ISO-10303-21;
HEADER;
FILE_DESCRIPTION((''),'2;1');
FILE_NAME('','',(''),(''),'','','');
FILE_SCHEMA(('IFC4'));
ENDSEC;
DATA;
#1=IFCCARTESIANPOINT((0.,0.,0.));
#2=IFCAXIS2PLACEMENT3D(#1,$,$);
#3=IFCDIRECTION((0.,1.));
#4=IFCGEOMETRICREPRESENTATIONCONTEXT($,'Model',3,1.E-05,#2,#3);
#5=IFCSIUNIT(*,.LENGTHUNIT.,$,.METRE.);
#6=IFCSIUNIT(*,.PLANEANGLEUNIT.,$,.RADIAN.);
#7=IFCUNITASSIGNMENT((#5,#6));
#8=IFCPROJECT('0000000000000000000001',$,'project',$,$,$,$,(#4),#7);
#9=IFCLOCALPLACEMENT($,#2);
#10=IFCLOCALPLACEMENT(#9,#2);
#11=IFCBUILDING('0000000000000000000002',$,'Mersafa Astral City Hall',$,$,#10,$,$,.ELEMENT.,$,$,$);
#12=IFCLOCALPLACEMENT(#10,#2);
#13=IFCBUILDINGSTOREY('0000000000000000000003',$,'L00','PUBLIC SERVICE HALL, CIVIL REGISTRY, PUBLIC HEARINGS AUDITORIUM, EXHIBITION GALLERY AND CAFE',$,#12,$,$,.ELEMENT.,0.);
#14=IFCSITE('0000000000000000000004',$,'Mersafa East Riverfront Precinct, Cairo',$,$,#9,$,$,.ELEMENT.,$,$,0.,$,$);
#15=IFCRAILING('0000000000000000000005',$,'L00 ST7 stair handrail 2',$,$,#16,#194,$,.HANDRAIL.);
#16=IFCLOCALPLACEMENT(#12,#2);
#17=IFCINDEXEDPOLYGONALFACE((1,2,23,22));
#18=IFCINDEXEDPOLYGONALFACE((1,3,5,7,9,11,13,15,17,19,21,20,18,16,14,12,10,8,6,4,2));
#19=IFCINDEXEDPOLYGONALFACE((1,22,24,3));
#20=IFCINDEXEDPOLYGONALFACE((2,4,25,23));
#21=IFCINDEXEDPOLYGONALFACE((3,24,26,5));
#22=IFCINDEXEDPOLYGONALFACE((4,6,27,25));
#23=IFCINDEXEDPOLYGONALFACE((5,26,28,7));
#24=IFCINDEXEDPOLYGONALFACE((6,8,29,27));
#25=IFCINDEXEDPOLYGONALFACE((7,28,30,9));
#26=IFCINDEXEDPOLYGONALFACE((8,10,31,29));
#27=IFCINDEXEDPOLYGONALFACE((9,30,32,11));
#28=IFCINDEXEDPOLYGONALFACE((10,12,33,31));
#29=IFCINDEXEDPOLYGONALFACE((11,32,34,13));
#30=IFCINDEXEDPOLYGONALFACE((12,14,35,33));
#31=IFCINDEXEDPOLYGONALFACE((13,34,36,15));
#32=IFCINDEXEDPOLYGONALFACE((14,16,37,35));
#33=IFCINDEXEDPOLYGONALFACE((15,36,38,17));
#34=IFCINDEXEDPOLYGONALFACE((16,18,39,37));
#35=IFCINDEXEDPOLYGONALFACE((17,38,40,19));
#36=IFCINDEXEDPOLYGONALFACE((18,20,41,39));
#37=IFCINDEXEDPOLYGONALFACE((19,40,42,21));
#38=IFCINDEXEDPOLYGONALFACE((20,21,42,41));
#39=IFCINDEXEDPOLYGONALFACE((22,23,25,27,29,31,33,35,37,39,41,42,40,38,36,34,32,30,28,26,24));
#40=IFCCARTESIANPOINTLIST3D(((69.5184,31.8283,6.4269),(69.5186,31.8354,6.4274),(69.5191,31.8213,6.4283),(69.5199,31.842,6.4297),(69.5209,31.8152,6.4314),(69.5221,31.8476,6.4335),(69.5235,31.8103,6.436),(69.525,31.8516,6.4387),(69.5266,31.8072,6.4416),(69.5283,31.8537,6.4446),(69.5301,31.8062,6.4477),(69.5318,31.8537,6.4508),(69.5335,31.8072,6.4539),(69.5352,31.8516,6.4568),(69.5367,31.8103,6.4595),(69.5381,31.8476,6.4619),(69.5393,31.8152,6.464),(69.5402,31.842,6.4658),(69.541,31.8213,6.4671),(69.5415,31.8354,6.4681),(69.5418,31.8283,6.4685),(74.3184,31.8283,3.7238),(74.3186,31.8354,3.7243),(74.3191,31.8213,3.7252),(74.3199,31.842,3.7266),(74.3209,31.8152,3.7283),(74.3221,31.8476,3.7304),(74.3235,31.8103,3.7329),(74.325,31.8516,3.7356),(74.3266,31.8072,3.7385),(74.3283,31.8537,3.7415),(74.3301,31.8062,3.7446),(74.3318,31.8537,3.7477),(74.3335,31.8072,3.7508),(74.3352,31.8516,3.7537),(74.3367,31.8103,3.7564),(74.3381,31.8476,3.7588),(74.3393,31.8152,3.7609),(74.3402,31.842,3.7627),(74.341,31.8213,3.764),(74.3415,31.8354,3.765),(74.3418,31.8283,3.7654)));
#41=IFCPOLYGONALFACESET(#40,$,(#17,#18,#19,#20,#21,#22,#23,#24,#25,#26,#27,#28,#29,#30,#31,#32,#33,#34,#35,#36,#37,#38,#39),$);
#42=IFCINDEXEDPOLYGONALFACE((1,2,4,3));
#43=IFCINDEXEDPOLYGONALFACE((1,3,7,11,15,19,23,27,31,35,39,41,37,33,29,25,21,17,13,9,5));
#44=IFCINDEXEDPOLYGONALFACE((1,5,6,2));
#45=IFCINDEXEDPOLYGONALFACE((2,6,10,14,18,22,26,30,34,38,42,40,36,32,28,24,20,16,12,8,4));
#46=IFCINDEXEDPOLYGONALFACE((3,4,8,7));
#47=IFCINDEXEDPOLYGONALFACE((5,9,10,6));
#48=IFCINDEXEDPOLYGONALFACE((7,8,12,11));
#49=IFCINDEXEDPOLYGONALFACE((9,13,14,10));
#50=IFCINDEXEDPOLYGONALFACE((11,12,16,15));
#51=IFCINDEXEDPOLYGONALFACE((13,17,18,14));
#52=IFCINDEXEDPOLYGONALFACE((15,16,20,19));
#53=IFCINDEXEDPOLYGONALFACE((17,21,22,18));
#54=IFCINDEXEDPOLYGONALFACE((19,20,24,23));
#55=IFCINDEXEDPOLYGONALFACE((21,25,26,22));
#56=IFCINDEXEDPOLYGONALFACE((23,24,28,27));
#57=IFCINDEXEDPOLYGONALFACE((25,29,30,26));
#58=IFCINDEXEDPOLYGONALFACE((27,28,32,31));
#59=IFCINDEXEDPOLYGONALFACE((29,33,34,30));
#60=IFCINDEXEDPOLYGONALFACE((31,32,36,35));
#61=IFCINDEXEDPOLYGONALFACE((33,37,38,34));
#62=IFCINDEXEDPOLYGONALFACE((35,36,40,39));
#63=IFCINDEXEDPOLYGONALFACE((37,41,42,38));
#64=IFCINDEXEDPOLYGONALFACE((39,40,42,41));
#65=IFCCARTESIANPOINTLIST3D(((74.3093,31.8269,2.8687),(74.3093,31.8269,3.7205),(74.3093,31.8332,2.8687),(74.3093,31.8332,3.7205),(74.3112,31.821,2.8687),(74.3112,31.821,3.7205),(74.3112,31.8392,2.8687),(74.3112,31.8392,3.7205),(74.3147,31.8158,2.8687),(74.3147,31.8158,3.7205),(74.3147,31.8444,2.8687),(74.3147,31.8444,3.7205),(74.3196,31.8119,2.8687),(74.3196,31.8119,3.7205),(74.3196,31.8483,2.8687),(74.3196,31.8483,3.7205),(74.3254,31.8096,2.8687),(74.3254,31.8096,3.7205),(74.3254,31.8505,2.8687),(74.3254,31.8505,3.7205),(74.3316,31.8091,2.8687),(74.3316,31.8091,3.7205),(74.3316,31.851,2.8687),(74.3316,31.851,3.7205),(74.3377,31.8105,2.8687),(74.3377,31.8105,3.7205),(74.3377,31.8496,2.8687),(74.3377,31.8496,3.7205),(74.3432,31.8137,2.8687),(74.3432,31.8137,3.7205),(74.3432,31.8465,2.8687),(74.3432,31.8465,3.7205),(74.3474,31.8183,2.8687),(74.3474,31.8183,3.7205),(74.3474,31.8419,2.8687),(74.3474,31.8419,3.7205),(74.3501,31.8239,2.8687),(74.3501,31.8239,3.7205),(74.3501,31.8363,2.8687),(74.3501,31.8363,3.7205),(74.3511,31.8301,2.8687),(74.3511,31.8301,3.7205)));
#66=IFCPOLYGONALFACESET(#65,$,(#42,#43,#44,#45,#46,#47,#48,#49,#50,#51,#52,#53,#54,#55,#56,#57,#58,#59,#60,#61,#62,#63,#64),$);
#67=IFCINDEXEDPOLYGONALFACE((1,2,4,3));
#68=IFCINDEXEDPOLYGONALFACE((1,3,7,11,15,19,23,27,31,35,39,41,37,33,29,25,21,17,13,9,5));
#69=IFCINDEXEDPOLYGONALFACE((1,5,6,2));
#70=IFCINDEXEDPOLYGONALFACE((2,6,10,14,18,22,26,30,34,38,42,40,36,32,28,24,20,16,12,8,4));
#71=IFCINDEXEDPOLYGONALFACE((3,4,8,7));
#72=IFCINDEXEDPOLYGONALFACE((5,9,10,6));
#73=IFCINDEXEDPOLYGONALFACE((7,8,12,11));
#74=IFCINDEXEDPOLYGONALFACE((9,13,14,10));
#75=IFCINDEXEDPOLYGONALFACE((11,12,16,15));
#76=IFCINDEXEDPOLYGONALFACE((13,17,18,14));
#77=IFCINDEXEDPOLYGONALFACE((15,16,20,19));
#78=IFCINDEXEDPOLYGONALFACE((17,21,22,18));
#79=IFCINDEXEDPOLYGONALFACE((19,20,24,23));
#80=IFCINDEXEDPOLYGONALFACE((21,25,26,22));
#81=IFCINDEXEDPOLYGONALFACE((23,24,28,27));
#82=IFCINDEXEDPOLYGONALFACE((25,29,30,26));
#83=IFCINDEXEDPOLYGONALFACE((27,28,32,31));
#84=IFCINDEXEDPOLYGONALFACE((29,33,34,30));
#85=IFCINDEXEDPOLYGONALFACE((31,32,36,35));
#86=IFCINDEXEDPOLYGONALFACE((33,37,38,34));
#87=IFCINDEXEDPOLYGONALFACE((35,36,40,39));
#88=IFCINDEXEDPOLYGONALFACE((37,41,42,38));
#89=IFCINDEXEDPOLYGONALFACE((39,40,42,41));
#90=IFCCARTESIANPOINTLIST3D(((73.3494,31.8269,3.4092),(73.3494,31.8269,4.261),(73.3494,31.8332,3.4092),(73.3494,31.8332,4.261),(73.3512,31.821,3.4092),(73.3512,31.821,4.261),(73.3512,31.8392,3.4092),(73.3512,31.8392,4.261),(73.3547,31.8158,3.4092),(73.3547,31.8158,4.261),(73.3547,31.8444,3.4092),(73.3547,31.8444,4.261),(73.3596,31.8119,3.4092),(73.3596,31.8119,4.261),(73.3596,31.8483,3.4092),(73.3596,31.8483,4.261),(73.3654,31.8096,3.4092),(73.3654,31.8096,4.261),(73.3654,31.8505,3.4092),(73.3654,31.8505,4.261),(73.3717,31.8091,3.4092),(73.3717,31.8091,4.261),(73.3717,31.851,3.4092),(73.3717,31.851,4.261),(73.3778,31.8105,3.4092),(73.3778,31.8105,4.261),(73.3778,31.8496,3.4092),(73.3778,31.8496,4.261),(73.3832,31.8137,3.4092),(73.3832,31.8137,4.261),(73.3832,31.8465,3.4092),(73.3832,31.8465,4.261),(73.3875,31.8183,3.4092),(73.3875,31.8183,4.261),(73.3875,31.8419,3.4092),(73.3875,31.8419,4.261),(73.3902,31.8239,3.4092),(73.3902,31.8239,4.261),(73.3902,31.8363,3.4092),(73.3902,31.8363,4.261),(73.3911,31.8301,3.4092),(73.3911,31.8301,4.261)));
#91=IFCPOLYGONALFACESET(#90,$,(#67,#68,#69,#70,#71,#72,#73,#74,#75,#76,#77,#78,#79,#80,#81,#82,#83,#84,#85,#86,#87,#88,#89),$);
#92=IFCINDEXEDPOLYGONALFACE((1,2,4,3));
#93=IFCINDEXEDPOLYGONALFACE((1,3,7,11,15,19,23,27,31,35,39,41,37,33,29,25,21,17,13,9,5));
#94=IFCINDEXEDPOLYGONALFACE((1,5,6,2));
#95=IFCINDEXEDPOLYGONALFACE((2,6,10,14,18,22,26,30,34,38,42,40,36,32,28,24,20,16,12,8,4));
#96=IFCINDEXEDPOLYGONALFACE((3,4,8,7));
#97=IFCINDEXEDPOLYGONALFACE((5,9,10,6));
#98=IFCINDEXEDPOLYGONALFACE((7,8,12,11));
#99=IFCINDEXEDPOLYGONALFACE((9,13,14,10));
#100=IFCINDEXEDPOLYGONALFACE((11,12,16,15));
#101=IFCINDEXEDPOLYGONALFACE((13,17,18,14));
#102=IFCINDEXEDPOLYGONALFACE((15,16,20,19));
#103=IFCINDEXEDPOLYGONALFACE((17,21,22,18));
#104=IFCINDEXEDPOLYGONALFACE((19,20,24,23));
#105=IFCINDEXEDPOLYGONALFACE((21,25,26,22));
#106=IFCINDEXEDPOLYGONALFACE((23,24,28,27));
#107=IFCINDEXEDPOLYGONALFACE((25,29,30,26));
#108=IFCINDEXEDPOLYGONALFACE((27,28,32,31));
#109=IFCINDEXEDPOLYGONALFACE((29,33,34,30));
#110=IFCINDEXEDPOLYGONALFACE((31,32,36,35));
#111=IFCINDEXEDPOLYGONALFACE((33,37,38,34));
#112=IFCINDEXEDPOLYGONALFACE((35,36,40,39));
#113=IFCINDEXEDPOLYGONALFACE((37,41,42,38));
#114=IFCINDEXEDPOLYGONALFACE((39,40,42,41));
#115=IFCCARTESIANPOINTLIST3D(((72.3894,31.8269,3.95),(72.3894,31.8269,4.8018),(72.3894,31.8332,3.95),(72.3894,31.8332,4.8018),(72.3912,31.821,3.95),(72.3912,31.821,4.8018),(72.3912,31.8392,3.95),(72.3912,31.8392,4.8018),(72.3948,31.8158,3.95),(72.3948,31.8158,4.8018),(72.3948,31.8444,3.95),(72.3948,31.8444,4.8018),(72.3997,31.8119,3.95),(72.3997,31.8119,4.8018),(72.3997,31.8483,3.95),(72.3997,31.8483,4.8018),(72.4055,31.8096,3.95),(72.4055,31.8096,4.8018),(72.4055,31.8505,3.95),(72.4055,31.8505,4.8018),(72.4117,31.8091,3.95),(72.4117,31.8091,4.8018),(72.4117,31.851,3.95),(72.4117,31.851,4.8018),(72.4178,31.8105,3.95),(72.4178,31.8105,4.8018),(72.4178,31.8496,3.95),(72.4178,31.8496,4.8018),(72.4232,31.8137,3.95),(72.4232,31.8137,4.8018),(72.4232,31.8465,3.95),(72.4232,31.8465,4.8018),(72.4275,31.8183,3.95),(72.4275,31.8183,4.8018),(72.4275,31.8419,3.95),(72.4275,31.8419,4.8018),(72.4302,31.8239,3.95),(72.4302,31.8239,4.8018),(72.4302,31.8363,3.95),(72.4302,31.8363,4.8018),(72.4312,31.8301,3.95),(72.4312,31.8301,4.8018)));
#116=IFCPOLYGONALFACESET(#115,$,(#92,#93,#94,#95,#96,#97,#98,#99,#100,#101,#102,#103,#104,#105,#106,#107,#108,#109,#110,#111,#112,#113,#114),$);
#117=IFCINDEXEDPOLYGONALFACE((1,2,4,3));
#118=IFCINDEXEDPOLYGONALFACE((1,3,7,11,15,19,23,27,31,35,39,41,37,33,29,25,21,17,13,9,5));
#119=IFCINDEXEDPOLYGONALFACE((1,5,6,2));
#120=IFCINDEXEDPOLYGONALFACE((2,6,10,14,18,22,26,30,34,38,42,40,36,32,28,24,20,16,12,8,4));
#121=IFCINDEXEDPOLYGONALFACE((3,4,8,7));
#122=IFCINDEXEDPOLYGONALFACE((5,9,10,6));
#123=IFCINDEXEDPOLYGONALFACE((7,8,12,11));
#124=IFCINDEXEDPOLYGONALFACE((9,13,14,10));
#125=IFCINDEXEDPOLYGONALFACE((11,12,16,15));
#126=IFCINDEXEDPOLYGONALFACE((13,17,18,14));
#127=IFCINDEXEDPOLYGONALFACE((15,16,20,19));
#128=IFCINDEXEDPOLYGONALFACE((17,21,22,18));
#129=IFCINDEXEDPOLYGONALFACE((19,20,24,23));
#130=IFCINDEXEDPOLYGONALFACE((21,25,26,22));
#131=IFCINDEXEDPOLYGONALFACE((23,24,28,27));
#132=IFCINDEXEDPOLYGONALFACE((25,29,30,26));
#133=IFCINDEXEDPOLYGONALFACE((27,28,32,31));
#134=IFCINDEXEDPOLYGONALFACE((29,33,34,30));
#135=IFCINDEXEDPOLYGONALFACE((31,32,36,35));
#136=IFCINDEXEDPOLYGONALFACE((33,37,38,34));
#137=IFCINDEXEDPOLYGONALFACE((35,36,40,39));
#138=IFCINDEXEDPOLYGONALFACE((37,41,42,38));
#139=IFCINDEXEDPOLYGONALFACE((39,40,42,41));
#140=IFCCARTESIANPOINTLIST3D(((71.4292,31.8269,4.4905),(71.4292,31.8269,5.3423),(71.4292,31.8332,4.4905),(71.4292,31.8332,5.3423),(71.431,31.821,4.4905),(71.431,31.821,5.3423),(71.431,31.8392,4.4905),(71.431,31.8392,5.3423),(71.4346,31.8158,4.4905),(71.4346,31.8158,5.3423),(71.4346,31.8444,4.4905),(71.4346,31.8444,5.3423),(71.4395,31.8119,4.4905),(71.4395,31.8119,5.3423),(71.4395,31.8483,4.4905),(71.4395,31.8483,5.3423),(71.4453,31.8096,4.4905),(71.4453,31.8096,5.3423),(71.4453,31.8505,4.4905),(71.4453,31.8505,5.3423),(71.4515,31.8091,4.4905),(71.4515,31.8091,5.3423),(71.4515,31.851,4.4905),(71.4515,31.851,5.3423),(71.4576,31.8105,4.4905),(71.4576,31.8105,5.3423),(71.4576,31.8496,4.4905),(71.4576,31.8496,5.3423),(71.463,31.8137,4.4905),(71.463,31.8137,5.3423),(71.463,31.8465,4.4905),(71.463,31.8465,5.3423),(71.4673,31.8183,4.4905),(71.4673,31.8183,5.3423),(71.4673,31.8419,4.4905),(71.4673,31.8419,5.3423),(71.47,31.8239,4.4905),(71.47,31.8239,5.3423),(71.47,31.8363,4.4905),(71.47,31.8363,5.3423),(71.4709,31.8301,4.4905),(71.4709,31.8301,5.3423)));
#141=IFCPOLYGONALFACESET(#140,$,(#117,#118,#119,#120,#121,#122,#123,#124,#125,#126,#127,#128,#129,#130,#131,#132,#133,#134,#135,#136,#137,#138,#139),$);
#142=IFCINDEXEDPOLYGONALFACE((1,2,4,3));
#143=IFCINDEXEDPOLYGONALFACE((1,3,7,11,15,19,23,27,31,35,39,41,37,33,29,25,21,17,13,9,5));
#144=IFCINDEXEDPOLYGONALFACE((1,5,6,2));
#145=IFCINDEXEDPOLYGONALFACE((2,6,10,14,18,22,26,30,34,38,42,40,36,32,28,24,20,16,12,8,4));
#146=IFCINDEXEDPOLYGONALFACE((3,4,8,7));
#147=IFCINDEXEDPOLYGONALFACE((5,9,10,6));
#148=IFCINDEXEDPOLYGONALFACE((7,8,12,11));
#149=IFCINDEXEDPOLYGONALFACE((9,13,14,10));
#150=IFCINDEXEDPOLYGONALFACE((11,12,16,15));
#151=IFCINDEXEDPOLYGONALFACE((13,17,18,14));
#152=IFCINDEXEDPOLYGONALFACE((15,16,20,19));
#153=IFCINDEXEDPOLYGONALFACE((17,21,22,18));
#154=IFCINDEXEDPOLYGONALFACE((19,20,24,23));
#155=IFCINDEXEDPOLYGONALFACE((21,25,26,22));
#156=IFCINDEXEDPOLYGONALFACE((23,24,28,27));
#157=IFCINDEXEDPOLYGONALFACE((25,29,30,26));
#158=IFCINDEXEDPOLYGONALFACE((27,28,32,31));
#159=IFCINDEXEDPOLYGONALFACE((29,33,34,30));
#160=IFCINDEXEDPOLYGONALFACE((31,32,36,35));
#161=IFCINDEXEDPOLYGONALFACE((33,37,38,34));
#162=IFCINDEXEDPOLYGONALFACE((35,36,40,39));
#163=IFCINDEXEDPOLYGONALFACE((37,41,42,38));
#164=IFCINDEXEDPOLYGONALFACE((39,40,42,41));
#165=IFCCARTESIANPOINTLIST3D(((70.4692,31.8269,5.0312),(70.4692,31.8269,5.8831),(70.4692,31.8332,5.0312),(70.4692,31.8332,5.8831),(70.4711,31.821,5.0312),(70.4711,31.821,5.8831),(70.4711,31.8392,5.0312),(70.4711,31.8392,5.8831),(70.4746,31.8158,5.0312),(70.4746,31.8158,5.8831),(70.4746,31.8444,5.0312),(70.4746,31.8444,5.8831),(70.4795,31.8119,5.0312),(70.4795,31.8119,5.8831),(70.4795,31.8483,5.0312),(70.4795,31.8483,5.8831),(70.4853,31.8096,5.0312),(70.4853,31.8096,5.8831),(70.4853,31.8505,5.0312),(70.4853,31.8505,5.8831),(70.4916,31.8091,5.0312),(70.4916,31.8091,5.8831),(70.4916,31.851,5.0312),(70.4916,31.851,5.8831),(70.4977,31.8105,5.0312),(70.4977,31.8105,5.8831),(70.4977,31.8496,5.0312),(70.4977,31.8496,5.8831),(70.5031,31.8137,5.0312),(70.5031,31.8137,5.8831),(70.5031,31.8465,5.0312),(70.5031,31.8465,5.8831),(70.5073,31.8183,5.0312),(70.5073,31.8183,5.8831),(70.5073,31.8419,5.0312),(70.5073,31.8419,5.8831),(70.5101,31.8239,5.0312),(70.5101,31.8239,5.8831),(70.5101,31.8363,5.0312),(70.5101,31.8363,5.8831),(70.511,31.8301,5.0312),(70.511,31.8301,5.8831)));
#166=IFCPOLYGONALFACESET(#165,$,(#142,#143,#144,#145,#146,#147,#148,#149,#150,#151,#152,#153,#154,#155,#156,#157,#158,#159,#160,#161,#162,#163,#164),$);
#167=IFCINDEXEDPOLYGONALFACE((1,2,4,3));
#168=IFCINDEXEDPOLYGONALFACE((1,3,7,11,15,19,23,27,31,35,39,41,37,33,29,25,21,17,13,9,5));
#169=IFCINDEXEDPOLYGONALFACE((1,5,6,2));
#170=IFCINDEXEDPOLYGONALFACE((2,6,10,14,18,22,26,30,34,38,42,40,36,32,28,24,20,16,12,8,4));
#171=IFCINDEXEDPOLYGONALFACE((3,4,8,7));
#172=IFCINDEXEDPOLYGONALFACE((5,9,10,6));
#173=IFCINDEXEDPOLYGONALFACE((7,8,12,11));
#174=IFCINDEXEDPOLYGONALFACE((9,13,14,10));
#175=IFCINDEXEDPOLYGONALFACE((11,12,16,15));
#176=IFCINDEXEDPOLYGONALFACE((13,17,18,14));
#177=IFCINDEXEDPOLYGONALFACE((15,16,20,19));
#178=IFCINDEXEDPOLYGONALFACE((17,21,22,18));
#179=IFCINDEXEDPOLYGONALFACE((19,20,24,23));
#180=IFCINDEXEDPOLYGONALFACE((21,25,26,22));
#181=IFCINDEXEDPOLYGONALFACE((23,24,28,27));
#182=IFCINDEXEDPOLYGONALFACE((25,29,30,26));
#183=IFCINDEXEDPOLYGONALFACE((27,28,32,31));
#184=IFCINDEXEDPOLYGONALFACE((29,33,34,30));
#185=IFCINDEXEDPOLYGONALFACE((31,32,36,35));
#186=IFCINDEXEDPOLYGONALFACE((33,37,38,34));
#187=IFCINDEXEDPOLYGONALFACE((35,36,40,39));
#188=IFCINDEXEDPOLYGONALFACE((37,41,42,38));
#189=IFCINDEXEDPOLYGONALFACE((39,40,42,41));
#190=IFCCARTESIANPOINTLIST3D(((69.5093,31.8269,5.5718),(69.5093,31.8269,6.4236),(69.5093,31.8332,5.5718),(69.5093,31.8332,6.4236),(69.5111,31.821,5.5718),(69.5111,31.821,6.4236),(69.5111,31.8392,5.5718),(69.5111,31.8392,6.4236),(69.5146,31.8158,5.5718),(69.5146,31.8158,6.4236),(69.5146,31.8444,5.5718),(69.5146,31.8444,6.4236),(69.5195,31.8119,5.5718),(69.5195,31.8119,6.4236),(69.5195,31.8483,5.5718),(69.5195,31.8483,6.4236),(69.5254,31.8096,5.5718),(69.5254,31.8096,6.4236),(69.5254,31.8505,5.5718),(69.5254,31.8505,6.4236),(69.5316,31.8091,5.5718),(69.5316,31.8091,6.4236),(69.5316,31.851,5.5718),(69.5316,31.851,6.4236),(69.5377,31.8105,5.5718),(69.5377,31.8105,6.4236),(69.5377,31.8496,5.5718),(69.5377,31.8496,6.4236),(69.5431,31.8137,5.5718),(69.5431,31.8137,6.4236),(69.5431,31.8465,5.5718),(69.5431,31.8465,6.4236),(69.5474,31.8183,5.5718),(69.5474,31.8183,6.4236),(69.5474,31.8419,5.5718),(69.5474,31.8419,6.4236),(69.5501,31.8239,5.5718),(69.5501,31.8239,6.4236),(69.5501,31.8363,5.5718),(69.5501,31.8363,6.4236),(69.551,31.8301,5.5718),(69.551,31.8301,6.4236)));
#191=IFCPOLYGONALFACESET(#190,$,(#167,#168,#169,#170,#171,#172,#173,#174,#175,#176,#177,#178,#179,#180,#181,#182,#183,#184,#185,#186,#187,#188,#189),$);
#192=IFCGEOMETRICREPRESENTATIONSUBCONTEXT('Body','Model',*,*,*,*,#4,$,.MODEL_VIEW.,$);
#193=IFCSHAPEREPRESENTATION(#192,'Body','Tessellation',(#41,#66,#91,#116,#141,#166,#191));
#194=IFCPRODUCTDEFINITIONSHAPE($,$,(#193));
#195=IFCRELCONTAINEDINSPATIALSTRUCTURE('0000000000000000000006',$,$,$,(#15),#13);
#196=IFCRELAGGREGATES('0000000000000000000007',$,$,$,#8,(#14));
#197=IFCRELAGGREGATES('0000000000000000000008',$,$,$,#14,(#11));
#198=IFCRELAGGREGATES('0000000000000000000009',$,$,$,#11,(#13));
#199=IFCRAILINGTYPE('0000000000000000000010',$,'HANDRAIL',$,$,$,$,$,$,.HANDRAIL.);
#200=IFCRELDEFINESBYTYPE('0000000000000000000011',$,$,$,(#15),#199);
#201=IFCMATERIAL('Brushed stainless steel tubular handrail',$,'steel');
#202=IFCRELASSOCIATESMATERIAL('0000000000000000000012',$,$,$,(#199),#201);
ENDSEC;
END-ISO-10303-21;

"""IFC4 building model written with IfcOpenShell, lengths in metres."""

from ifc_helpers import new_model, si_unit, direction, frame, origin, origin_2d, place, context, subcontext, project, spatial, circle, extrude, material, type_object, element, save


model = new_model("IFC4")

# Units and contexts
model_context = context("Model", 3, precision=1e-05, world=origin(), true_north=direction((0.0, 1.0)))
body_context = subcontext(model_context, "Body", "Model", "MODEL_VIEW")
ifc_project = project(units=[si_unit("LENGTHUNIT", "METRE"), si_unit("PLANEANGLEUNIT", "RADIAN")], contexts=[model_context])

# Site, building, storey
site_placement = place(None, origin())
site = spatial("IfcSite", under=ifc_project, at=site_placement, Name="Mersafa East Riverfront Precinct, Cairo", CompositionType="ELEMENT", RefElevation=0.0)
building_placement = place(site_placement, origin())
building = spatial("IfcBuilding", under=site, at=building_placement, Name="Mersafa Astral City Hall", CompositionType="ELEMENT")
storey_placement = place(building_placement, origin())
storey = spatial("IfcBuildingStorey", under=building, at=storey_placement, Name="L00", Description="PUBLIC SERVICE HALL, CIVIL REGISTRY, PUBLIC HEARINGS AUDITORIUM, EXHIBITION GALLERY AND CAFE", CompositionType="ELEMENT", Elevation=0.0)

# Railing
ifc_material_1 = material(Name="Brushed stainless steel tubular handrail", Category="steel")
railing_type_1 = type_object("IfcRailingType", Name="HANDRAIL", PredefinedType="HANDRAIL", material=ifc_material_1)
railing_1_placement = place(storey_placement, frame((74.3301, 31.8301, 2.8687)))
element("IfcRailing", 1, at=railing_1_placement, inside=storey, type_object=railing_type_1, Name="L00 ST7 stair handrail 2", PredefinedType="HANDRAIL", context=body_context, shape_type="SweptSolid", body=[
    extrude(circle(Radius=0.0239, at=origin_2d()), frame((0.0, 0.0, 0.876), z_axis=(-0.871335, 0.0, 0.490688), x_axis=(0.0, -1.0, 0.0)), (0.0, 0.0, 1.0), 5.5088),
    extrude(circle(Radius=0.021, at=origin_2d()), origin(), (0.0, 0.0, 1.0), 0.8518),
    extrude(circle(Radius=0.021, at=origin_2d()), frame((-0.96, 0.0, 0.5405)), (0.0, 0.0, 1.0), 0.8518),
    extrude(circle(Radius=0.021, at=origin_2d()), frame((-1.9199, 0.0, 1.0813)), (0.0, 0.0, 1.0), 0.8518),
    extrude(circle(Radius=0.021, at=origin_2d()), frame((-2.8801, 0.0, 1.6218)), (0.0, 0.0, 1.0), 0.8518),
    extrude(circle(Radius=0.021, at=origin_2d()), frame((-3.8401, 0.0, 2.1626)), (0.0, 0.0, 1.0), 0.8518),
    extrude(circle(Radius=0.021, at=origin_2d()), frame((-4.8, 0.0, 2.7031)), (0.0, 0.0, 1.0), 0.8518),
])

save(model, "model.ifc")
